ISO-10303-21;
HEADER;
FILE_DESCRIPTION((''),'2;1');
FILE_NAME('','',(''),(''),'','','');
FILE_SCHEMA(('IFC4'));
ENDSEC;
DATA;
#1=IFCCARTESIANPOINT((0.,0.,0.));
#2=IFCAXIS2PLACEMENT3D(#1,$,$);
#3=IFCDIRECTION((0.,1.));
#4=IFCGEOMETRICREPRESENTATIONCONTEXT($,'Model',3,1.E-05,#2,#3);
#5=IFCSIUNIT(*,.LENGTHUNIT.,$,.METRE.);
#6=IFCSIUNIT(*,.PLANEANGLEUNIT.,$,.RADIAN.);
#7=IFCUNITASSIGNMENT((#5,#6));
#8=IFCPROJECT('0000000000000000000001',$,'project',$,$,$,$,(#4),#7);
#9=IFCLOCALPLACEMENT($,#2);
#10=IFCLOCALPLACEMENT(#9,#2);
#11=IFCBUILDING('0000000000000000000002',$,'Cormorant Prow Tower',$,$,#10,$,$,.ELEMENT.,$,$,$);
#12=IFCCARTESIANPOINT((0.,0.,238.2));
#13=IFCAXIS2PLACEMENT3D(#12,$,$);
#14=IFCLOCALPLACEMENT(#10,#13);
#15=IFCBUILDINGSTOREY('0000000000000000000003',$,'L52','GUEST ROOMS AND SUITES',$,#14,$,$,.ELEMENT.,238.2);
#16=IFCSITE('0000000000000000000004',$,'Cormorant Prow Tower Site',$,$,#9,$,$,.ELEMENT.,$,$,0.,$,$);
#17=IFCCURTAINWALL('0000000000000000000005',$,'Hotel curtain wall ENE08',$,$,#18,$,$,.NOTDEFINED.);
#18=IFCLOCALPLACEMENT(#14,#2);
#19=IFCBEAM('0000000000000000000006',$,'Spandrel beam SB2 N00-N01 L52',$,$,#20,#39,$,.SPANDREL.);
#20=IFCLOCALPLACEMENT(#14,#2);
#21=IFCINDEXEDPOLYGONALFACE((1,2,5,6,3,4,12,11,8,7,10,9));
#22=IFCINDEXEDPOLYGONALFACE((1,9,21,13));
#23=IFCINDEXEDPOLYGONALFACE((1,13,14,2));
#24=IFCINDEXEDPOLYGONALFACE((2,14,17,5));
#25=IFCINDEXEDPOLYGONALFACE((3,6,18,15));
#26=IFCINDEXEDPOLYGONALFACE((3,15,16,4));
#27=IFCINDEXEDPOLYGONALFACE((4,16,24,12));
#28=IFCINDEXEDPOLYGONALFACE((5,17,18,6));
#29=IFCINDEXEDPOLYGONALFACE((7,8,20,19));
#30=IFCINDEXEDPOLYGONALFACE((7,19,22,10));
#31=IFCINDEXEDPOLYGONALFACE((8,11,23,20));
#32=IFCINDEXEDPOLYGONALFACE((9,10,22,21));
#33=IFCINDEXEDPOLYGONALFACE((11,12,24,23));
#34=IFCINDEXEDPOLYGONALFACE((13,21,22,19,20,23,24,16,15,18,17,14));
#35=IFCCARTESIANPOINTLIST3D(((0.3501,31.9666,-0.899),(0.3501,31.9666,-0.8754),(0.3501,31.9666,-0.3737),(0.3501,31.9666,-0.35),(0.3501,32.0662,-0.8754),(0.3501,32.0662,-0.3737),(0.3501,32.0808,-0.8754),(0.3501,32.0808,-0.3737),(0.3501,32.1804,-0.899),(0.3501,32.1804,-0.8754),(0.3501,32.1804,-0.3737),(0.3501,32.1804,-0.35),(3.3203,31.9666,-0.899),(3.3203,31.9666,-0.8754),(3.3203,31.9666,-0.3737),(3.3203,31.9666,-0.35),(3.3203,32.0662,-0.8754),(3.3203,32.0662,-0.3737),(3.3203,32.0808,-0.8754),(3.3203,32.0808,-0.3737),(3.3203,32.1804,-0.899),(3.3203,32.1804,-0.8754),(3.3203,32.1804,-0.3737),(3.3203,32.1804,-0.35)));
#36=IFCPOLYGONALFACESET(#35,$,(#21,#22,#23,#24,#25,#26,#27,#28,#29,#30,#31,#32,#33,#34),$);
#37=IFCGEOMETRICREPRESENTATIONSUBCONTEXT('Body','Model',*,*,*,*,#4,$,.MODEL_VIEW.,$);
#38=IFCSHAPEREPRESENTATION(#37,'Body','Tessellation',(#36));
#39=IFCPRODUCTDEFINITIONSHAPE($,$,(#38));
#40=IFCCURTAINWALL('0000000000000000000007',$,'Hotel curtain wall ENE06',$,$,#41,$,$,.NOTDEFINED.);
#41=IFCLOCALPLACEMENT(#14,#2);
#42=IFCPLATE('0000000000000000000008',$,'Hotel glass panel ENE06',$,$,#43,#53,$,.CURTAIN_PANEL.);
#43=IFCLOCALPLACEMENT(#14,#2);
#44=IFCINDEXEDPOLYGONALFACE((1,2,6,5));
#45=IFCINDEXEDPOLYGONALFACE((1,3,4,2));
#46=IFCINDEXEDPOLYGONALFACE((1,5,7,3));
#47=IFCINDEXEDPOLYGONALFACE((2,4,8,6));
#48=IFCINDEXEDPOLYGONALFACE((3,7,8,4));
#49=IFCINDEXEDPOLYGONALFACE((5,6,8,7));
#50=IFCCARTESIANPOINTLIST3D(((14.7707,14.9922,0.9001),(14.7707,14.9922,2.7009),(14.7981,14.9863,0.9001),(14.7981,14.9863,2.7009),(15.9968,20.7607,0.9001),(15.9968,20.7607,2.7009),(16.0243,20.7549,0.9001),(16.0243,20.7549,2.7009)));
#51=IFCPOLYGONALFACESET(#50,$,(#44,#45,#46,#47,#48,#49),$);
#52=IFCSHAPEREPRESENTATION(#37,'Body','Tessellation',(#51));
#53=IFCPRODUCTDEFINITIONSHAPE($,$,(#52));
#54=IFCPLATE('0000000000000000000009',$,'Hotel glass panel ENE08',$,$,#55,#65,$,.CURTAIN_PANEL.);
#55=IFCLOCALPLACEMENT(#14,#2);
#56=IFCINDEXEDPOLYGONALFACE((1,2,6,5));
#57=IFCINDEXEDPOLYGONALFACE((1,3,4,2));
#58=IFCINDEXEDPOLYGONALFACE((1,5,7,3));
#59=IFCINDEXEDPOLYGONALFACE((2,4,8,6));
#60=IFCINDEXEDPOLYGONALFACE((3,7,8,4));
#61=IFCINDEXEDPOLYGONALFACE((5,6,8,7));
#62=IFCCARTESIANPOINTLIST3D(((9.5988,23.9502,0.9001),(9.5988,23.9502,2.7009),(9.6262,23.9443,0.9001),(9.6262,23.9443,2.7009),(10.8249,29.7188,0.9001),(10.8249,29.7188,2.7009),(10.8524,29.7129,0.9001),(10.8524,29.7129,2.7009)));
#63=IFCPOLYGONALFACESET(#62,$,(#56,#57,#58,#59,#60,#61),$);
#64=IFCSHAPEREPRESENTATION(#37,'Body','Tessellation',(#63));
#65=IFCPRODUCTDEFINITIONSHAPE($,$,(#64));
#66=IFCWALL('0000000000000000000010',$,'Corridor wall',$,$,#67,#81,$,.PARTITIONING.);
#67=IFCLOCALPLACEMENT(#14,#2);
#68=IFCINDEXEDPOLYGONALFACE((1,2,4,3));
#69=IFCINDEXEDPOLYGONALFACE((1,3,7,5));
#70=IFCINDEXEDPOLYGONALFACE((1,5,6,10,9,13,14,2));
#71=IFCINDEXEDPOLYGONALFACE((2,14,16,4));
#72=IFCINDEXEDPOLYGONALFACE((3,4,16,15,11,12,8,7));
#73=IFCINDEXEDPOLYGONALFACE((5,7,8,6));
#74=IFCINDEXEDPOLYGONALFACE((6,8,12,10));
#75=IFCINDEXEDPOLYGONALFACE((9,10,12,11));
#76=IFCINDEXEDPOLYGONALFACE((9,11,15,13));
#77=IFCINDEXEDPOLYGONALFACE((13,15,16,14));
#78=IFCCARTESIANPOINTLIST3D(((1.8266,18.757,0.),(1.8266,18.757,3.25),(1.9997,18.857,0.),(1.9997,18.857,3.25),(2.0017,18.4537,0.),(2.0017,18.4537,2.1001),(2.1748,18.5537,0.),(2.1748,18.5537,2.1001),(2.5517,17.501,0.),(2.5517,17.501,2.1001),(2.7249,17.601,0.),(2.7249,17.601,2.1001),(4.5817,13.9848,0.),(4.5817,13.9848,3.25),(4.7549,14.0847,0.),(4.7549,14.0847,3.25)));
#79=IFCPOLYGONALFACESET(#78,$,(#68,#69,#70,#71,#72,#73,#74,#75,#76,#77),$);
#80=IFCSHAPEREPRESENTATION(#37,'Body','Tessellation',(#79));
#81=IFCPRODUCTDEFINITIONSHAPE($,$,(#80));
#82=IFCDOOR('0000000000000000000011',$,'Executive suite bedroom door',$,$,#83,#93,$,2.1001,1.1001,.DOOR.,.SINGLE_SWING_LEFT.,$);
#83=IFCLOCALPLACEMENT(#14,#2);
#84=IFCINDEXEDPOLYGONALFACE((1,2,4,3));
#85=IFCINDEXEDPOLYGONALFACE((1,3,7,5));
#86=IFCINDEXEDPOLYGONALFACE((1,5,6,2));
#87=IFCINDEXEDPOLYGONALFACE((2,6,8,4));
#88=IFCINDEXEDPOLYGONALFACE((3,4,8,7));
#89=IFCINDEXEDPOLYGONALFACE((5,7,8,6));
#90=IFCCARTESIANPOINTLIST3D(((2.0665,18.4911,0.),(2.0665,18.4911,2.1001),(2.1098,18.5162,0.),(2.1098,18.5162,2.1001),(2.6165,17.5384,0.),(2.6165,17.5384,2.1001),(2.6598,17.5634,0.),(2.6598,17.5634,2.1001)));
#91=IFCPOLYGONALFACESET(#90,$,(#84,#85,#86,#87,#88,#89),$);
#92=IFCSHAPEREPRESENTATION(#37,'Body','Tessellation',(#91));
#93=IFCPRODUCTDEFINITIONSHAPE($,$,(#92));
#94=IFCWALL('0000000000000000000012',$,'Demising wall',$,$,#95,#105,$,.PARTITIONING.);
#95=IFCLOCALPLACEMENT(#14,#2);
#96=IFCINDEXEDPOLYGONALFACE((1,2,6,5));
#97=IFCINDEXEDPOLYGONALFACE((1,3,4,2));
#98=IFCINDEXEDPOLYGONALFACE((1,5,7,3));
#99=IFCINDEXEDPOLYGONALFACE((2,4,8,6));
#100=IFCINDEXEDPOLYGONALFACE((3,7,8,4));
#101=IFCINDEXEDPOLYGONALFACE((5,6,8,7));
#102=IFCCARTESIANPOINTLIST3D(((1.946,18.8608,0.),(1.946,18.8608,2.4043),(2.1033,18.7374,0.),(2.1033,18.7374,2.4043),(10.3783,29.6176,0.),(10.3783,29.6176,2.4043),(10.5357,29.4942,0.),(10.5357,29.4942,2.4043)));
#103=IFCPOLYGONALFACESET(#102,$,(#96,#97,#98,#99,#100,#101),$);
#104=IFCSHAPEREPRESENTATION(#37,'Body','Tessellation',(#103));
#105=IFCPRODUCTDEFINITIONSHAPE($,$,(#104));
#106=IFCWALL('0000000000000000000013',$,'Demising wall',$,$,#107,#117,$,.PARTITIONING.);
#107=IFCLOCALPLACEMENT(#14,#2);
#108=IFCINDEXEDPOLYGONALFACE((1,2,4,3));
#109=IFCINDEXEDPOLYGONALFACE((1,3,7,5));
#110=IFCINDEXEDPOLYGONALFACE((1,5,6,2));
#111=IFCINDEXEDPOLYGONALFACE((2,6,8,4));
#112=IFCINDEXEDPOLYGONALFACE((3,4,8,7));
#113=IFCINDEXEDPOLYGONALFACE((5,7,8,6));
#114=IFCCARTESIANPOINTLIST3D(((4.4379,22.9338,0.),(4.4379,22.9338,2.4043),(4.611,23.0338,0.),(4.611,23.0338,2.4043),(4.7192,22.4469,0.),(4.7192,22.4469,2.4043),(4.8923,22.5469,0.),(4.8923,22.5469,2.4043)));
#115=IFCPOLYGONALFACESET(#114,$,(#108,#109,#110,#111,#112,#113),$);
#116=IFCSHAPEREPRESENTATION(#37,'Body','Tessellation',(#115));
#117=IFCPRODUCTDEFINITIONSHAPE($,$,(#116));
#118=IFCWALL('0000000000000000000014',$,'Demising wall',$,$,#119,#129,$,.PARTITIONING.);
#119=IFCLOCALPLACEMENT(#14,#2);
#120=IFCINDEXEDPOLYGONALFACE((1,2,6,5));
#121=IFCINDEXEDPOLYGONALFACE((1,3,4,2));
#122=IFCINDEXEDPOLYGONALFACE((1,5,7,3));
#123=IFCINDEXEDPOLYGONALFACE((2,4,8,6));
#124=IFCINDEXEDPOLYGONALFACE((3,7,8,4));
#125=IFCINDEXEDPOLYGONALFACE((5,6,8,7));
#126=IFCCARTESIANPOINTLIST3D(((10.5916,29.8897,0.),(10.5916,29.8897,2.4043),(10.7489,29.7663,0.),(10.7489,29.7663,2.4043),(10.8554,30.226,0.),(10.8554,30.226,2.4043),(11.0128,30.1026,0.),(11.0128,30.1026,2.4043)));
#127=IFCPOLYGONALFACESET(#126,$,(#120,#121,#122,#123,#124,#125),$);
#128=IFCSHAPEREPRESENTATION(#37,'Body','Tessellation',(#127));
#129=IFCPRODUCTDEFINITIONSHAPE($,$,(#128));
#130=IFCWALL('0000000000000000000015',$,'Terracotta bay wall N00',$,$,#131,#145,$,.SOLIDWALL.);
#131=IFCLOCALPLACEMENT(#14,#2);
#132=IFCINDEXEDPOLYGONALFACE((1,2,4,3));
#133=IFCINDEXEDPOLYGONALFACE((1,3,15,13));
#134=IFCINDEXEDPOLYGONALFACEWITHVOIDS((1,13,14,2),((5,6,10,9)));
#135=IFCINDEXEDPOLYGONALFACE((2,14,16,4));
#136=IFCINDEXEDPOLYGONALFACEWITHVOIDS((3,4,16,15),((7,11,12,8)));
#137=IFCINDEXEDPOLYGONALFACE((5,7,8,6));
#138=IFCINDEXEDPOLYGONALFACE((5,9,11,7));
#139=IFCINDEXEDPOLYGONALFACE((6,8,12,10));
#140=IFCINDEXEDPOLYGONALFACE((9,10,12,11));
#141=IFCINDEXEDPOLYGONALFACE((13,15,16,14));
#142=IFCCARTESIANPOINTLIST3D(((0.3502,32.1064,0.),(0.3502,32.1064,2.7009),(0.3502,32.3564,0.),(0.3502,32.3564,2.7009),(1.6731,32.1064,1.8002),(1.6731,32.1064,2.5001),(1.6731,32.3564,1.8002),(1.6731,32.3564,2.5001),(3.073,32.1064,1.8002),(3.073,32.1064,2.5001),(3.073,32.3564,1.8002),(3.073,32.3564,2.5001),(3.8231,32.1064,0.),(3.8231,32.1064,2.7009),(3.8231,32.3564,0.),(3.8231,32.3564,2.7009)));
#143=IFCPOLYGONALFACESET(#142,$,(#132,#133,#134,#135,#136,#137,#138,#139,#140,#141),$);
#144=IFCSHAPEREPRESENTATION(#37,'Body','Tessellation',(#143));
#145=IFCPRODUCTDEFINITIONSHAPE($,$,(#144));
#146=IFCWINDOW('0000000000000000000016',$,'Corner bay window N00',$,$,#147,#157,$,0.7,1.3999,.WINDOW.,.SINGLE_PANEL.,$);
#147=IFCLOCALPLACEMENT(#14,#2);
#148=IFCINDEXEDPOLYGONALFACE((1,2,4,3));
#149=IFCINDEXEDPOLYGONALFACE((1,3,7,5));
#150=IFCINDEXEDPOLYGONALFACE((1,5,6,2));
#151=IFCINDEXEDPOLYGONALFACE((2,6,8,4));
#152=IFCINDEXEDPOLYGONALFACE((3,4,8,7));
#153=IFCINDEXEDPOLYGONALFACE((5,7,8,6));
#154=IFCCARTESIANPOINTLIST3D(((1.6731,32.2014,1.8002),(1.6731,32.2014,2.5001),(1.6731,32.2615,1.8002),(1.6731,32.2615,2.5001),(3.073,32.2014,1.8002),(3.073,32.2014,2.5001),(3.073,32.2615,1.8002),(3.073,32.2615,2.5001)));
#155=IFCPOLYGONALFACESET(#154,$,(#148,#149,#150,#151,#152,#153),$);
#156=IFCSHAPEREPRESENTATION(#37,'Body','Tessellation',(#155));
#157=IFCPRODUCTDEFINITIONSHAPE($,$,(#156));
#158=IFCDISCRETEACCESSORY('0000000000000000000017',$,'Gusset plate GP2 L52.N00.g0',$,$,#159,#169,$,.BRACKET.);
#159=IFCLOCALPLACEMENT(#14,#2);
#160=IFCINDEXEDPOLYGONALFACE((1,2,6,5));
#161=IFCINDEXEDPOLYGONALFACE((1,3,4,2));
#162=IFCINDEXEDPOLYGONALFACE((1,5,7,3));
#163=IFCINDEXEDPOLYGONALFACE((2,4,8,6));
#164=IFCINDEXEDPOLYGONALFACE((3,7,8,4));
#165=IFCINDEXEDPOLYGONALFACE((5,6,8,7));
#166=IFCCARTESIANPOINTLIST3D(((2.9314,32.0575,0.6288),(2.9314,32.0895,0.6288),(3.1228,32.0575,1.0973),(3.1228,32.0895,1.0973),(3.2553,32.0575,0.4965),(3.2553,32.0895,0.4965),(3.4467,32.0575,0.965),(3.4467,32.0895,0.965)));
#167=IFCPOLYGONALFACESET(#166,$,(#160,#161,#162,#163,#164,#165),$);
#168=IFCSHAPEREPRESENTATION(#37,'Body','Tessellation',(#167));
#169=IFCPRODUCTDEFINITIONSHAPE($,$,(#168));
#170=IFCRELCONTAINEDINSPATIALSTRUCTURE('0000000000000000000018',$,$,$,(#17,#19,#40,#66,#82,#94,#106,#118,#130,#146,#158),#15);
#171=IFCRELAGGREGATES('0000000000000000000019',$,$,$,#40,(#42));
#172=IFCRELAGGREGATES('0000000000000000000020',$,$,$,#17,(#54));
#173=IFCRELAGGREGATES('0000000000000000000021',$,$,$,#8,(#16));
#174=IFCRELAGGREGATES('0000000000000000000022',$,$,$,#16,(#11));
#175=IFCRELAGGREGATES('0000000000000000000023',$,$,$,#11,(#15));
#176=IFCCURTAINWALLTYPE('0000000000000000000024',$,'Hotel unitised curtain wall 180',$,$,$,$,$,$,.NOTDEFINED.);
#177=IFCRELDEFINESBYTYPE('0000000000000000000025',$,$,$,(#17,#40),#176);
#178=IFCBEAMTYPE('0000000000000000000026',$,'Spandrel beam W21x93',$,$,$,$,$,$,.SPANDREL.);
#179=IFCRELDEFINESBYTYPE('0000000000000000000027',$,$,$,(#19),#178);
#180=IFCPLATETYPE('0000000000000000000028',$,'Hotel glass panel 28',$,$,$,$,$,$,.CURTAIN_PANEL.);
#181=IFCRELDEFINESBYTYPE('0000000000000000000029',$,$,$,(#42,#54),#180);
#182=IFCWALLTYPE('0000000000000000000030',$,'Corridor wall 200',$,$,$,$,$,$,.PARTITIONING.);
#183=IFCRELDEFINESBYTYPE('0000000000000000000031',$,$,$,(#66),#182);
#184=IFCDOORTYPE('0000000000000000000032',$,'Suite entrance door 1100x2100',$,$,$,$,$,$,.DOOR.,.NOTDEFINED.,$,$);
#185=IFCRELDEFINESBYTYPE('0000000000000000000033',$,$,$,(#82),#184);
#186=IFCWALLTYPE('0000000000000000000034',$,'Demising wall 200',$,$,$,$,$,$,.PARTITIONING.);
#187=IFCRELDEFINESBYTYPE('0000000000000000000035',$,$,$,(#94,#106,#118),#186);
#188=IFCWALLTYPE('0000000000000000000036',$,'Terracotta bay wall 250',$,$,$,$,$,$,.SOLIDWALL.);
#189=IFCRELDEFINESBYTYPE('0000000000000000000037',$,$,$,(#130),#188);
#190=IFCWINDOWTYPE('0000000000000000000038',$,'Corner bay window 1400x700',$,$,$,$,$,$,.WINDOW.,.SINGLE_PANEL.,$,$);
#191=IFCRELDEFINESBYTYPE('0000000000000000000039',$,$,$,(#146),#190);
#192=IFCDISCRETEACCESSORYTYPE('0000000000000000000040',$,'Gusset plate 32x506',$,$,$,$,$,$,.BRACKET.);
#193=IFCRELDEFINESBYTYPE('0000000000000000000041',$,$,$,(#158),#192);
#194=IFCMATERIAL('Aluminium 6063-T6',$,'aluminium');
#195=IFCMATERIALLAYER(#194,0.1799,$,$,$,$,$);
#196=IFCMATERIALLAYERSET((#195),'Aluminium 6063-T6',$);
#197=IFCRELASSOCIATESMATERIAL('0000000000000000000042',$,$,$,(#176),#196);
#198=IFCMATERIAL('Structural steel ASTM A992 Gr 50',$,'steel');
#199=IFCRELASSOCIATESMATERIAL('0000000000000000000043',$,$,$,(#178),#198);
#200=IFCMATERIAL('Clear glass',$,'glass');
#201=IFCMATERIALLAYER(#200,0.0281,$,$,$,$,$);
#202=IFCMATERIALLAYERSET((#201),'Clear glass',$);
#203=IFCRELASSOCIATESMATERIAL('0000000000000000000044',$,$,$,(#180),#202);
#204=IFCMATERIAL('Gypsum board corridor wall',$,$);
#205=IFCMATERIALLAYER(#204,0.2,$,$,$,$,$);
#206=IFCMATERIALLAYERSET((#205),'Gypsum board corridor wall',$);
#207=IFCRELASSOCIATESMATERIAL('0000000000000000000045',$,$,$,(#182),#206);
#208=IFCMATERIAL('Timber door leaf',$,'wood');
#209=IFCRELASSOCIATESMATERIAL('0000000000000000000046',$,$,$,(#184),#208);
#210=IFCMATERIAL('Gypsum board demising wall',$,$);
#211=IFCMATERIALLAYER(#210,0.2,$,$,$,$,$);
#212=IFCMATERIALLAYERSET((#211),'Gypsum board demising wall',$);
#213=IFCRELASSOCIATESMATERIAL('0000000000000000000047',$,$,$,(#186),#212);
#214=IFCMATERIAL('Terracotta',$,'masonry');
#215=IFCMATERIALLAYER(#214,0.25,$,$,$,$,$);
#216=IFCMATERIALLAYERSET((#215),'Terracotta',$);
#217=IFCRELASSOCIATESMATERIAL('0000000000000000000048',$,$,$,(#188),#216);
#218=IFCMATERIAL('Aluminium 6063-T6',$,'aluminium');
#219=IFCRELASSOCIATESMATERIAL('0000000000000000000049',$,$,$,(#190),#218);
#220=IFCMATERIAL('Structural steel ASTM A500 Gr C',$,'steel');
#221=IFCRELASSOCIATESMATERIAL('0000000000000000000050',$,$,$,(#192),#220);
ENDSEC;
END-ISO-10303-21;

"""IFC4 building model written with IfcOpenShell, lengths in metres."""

from ifc_helpers import new_model, si_unit, direction, frame, frame_2d, origin, origin_2d, place, context, subcontext, project, spatial, rectangle, i_section, extrude, material, layer, layer_set, material_profile, profile_set, type_object, element, fill, aggregate, save


model = new_model("IFC4")

# Units and contexts
model_context = context("Model", 3, precision=1e-05, world=origin(), true_north=direction((0.0, 1.0)))
body_context = subcontext(model_context, "Body", "Model", "MODEL_VIEW")
ifc_project = project(units=[si_unit("LENGTHUNIT", "METRE"), si_unit("PLANEANGLEUNIT", "RADIAN")], contexts=[model_context])

# Site, building, storey
site_placement = place(None, origin())
site = spatial("IfcSite", under=ifc_project, at=site_placement, Name="Cormorant Prow Tower Site", CompositionType="ELEMENT", RefElevation=0.0)
building_placement = place(site_placement, origin())
building = spatial("IfcBuilding", under=site, at=building_placement, Name="Cormorant Prow Tower", CompositionType="ELEMENT")
storey_placement = place(building_placement, frame((0.0, 0.0, 238.2)))
storey = spatial("IfcBuildingStorey", under=building, at=storey_placement, Name="L52", Description="GUEST ROOMS AND SUITES", CompositionType="ELEMENT", Elevation=238.2)

# Curtain wall
ifc_material_1 = material(Name="Aluminium 6063-T6", Category="aluminium")
ifc_layer_1 = layer(ifc_material_1, 0.1799)
ifc_layer_set_1 = layer_set([ifc_layer_1], Name="Aluminium 6063-T6")
curtain_wall_type = type_object("IfcCurtainWallType", Name="Hotel unitised curtain wall 180", PredefinedType="NOTDEFINED", material=ifc_layer_set_1)
curtain_wall_1_placement = place(storey_placement, origin())
curtain_wall_1 = element("IfcCurtainWall", 1, at=curtain_wall_1_placement, inside=storey, type_object=curtain_wall_type, Name="Hotel curtain wall ENE08", PredefinedType="NOTDEFINED")

# Beam
ifc_material_2 = material(Name="Structural steel ASTM A992 Gr 50", Category="steel")
ifc_material_profile_1 = material_profile(ifc_material_2, i_section(OverallWidth=0.2139, OverallDepth=0.5491, WebThickness=0.0146, FlangeThickness=0.0237, at=origin_2d()), Name="W21x93")
ifc_profile_set_1 = profile_set([ifc_material_profile_1], Name="Structural steel ASTM A992 Gr 50")
beam_type = type_object("IfcBeamType", Name="Spandrel beam W21x93", PredefinedType="SPANDREL", material=ifc_profile_set_1)
beam_1_placement = place(storey_placement, frame((3.3203, 32.0735, -0.6245), z_axis=(-1.0, 0.0, 0.0), x_axis=(0.0, -1.0, 0.0)))
element("IfcBeam", 2, at=beam_1_placement, inside=storey, type_object=beam_type, Name="Spandrel beam SB2 N00-N01 L52", PredefinedType="SPANDREL", context=body_context, shape_type="SweptSolid", body=[
    extrude(i_section(OverallWidth=0.2139, OverallDepth=0.5491, WebThickness=0.0146, FlangeThickness=0.0237, at=origin_2d()), origin(), (0.0, 0.0, 1.0), 2.9702),
])

# Curtain wall, plate
curtain_wall_2_placement = place(storey_placement, origin())
curtain_wall_2 = element("IfcCurtainWall", 3, at=curtain_wall_2_placement, inside=storey, type_object=curtain_wall_type, Name="Hotel curtain wall ENE06", PredefinedType="NOTDEFINED")
ifc_material_3 = material(Name="Clear glass", Category="glass")
ifc_layer_2 = layer(ifc_material_3, 0.0281)
ifc_layer_set_2 = layer_set([ifc_layer_2], Name="Clear glass")
plate_type = type_object("IfcPlateType", Name="Hotel glass panel 28", PredefinedType="CURTAIN_PANEL", material=ifc_layer_set_2)
plate_1_placement = place(storey_placement, frame((15.3975, 17.8735, 0.9001), z_axis=(0.0, 0.0, 1.0), x_axis=(0.207912, 0.978148, 0.0)))
plate_1 = element("IfcPlate", 4, at=plate_1_placement, type_object=plate_type, Name="Hotel glass panel ENE06", PredefinedType="CURTAIN_PANEL", context=body_context, shape_type="SweptSolid", body=[
    extrude(rectangle(XDim=5.8975, YDim=0.0281, at=origin_2d()), origin(), (0.0, 0.0, 1.0), 1.8008),
])
aggregate(curtain_wall_2, [plate_1])

# Plate
plate_2_placement = place(storey_placement, frame((10.2256, 26.8315, 0.9001), z_axis=(0.0, 0.0, 1.0), x_axis=(0.207912, 0.978148, 0.0)))
plate_2 = element("IfcPlate", 5, at=plate_2_placement, type_object=plate_type, Name="Hotel glass panel ENE08", PredefinedType="CURTAIN_PANEL", context=body_context, shape_type="SweptSolid", body=[
    extrude(rectangle(XDim=5.8975, YDim=0.0281, at=origin_2d()), origin(), (0.0, 0.0, 1.0), 1.8008),
])
aggregate(curtain_wall_1, [plate_2])

# Wall, opening, door
ifc_material_4 = material(Name="Gypsum board corridor wall")
ifc_layer_3 = layer(ifc_material_4, 0.2)
ifc_layer_set_3 = layer_set([ifc_layer_3], Name="Gypsum board corridor wall")
wall_type_1 = type_object("IfcWallType", Name="Corridor wall 200", PredefinedType="PARTITIONING", material=ifc_layer_set_3)
wall_1_placement = place(storey_placement, frame((1.9131, 18.8071, 0.0), z_axis=(0.0, 0.0, 1.0), x_axis=(0.499985, -0.866034, 0.0)))
wall_1 = element("IfcWall", 6, at=wall_1_placement, inside=storey, type_object=wall_type_1, Name="Corridor wall", PredefinedType="PARTITIONING", context=body_context, shape_type="SweptSolid", body=[
    extrude(rectangle(XDim=5.5105, YDim=0.2, at=frame_2d((2.7554, 0.0))), origin(), (0.0, 0.0, 1.0), 3.25),
])
opening_1_placement = place(wall_1_placement, frame((0.3503, 0.0, 0.0)))
opening_1 = element("IfcOpeningElement", 7, at=opening_1_placement, cuts=wall_1, PredefinedType="OPENING", context=body_context, shape_type="SweptSolid", body=[
    extrude(rectangle(XDim=1.1001, YDim=2.1001, at=frame_2d((0.55, 1.05))), frame((0.0, 0.1099, 0.0), z_axis=(0.0, -1.0, 0.0), x_axis=(1.0, 0.0, 0.0)), (0.0, 0.0, 1.0), 0.22),
])
ifc_material_5 = material(Name="Timber door leaf", Category="wood")
door_type_1 = type_object("IfcDoorType", Name="Suite entrance door 1100x2100", OperationType="NOTDEFINED", PredefinedType="DOOR", material=ifc_material_5)
door_1_placement = place(opening_1_placement, origin())
door_1 = element("IfcDoor", 8, at=door_1_placement, inside=storey, type_object=door_type_1, Name="Executive suite bedroom door", OperationType="SINGLE_SWING_LEFT", OverallHeight=2.1001, OverallWidth=1.1001, PredefinedType="DOOR", context=body_context, shape_type="SweptSolid", body=[
    extrude(rectangle(XDim=1.1001, YDim=2.1001, at=frame_2d((0.55, 1.05))), frame((0.0, 0.0249, 0.0), z_axis=(0.0, -1.0, 0.0), x_axis=(1.0, 0.0, 0.0)), (0.0, 0.0, 1.0), 0.05),
])
fill(opening_1, door_1)

# Walls
ifc_material_6 = material(Name="Gypsum board demising wall")
ifc_layer_4 = layer(ifc_material_6, 0.2)
ifc_layer_set_4 = layer_set([ifc_layer_4], Name="Gypsum board demising wall")
wall_type_2 = type_object("IfcWallType", Name="Demising wall 200", PredefinedType="PARTITIONING", material=ifc_layer_set_4)
wall_2_placement = place(storey_placement, frame((2.0247, 18.7991, 0.0), z_axis=(0.0, 0.0, 1.0), x_axis=(0.616942, 0.787008, 0.0)))
element("IfcWall", 9, at=wall_2_placement, inside=storey, type_object=wall_type_2, Name="Demising wall", PredefinedType="PARTITIONING", context=body_context, shape_type="SweptSolid", body=[
    extrude(rectangle(XDim=13.668, YDim=0.2, at=frame_2d((6.834, 0.0))), origin(), (0.0, 0.0, 1.0), 2.4043),
])
wall_3_placement = place(storey_placement, frame((4.5244, 22.9839, 0.0), z_axis=(0.0, 0.0, 1.0), x_axis=(0.500249, -0.865882, 0.0)))
element("IfcWall", 10, at=wall_3_placement, inside=storey, type_object=wall_type_2, Name="Demising wall", PredefinedType="PARTITIONING", context=body_context, shape_type="SweptSolid", body=[
    extrude(rectangle(XDim=0.5623, YDim=0.2, at=frame_2d((0.2812, 0.0))), origin(), (0.0, 0.0, 1.0), 2.4043),
])
wall_4_placement = place(storey_placement, frame((10.6702, 29.8279, 0.0), z_axis=(0.0, 0.0, 1.0), x_axis=(0.617216, 0.786794, 0.0)))
element("IfcWall", 11, at=wall_4_placement, inside=storey, type_object=wall_type_2, Name="Demising wall", PredefinedType="PARTITIONING", context=body_context, shape_type="SweptSolid", body=[
    extrude(rectangle(XDim=0.4275, YDim=0.2, at=frame_2d((0.2139, 0.0))), origin(), (0.0, 0.0, 1.0), 2.4043),
])

# Wall, opening, window
ifc_material_7 = material(Name="Terracotta", Category="masonry")
ifc_layer_5 = layer(ifc_material_7, 0.25)
ifc_layer_set_5 = layer_set([ifc_layer_5], Name="Terracotta")
wall_type_3 = type_object("IfcWallType", Name="Terracotta bay wall 250", PredefinedType="SOLIDWALL", material=ifc_layer_set_5)
wall_5_placement = place(storey_placement, frame((3.823, 32.2314, 0.0), z_axis=(0.0, 0.0, 1.0), x_axis=(-1.0, 0.0, 0.0)))
wall_5 = element("IfcWall", 12, at=wall_5_placement, inside=storey, type_object=wall_type_3, Name="Terracotta bay wall N00", PredefinedType="SOLIDWALL", context=body_context, shape_type="SweptSolid", body=[
    extrude(rectangle(XDim=3.4729, YDim=0.25, at=frame_2d((1.7363, 0.0))), origin(), (0.0, 0.0, 1.0), 2.7009),
])
opening_2_placement = place(wall_5_placement, frame((0.75, 0.0, 1.8)))
opening_2 = element("IfcOpeningElement", 13, at=opening_2_placement, cuts=wall_5, PredefinedType="OPENING", context=body_context, shape_type="SweptSolid", body=[
    extrude(rectangle(XDim=1.3999, YDim=0.7, at=frame_2d((0.7, 0.3501))), frame((0.0, 0.135, 0.0), z_axis=(0.0, -1.0, 0.0), x_axis=(1.0, 0.0, 0.0)), (0.0, 0.0, 1.0), 0.27),
])
ifc_material_8 = material(Name="Aluminium 6063-T6", Category="aluminium")
window_type = type_object("IfcWindowType", Name="Corner bay window 1400x700", PartitioningType="SINGLE_PANEL", PredefinedType="WINDOW", material=ifc_material_8)
window_placement = place(opening_2_placement, origin())
window = element("IfcWindow", 14, at=window_placement, inside=storey, type_object=window_type, Name="Corner bay window N00", OverallHeight=0.7, OverallWidth=1.3999, PartitioningType="SINGLE_PANEL", PredefinedType="WINDOW", context=body_context, shape_type="SweptSolid", body=[
    extrude(rectangle(XDim=1.3999, YDim=0.7, at=frame_2d((0.7, 0.3501))), frame((0.0, 0.03, 0.0), z_axis=(0.0, -1.0, 0.0), x_axis=(1.0, 0.0, 0.0)), (0.0, 0.0, 1.0), 0.0601),
])
fill(opening_2, window)

# Discrete accessory
ifc_material_9 = material(Name="Structural steel ASTM A500 Gr C", Category="steel")
ifc_material_profile_2 = material_profile(ifc_material_9, rectangle(XDim=0.032, YDim=0.5061, at=origin_2d()), Name="Gusset plate 32x506")
ifc_profile_set_2 = profile_set([ifc_material_profile_2], Name="Structural steel ASTM A500 Gr C")
discrete_accessory_type = type_object("IfcDiscreteAccessoryType", Name="Gusset plate 32x506", PredefinedType="BRACKET", material=ifc_profile_set_2)
discrete_accessory_1_placement = place(storey_placement, frame((3.0271, 32.0735, 0.863), z_axis=(0.925758, 0.0, -0.378117), x_axis=(0.0, 1.0, 0.0)))
element("IfcDiscreteAccessory", 15, at=discrete_accessory_1_placement, inside=storey, type_object=discrete_accessory_type, Name="Gusset plate GP2 L52.N00.g0", PredefinedType="BRACKET", context=body_context, shape_type="SweptSolid", body=[
    extrude(rectangle(XDim=0.032, YDim=0.5061, at=origin_2d()), origin(), (0.0, 0.0, 1.0), 0.3499),
])

save(model, "model.ifc")
